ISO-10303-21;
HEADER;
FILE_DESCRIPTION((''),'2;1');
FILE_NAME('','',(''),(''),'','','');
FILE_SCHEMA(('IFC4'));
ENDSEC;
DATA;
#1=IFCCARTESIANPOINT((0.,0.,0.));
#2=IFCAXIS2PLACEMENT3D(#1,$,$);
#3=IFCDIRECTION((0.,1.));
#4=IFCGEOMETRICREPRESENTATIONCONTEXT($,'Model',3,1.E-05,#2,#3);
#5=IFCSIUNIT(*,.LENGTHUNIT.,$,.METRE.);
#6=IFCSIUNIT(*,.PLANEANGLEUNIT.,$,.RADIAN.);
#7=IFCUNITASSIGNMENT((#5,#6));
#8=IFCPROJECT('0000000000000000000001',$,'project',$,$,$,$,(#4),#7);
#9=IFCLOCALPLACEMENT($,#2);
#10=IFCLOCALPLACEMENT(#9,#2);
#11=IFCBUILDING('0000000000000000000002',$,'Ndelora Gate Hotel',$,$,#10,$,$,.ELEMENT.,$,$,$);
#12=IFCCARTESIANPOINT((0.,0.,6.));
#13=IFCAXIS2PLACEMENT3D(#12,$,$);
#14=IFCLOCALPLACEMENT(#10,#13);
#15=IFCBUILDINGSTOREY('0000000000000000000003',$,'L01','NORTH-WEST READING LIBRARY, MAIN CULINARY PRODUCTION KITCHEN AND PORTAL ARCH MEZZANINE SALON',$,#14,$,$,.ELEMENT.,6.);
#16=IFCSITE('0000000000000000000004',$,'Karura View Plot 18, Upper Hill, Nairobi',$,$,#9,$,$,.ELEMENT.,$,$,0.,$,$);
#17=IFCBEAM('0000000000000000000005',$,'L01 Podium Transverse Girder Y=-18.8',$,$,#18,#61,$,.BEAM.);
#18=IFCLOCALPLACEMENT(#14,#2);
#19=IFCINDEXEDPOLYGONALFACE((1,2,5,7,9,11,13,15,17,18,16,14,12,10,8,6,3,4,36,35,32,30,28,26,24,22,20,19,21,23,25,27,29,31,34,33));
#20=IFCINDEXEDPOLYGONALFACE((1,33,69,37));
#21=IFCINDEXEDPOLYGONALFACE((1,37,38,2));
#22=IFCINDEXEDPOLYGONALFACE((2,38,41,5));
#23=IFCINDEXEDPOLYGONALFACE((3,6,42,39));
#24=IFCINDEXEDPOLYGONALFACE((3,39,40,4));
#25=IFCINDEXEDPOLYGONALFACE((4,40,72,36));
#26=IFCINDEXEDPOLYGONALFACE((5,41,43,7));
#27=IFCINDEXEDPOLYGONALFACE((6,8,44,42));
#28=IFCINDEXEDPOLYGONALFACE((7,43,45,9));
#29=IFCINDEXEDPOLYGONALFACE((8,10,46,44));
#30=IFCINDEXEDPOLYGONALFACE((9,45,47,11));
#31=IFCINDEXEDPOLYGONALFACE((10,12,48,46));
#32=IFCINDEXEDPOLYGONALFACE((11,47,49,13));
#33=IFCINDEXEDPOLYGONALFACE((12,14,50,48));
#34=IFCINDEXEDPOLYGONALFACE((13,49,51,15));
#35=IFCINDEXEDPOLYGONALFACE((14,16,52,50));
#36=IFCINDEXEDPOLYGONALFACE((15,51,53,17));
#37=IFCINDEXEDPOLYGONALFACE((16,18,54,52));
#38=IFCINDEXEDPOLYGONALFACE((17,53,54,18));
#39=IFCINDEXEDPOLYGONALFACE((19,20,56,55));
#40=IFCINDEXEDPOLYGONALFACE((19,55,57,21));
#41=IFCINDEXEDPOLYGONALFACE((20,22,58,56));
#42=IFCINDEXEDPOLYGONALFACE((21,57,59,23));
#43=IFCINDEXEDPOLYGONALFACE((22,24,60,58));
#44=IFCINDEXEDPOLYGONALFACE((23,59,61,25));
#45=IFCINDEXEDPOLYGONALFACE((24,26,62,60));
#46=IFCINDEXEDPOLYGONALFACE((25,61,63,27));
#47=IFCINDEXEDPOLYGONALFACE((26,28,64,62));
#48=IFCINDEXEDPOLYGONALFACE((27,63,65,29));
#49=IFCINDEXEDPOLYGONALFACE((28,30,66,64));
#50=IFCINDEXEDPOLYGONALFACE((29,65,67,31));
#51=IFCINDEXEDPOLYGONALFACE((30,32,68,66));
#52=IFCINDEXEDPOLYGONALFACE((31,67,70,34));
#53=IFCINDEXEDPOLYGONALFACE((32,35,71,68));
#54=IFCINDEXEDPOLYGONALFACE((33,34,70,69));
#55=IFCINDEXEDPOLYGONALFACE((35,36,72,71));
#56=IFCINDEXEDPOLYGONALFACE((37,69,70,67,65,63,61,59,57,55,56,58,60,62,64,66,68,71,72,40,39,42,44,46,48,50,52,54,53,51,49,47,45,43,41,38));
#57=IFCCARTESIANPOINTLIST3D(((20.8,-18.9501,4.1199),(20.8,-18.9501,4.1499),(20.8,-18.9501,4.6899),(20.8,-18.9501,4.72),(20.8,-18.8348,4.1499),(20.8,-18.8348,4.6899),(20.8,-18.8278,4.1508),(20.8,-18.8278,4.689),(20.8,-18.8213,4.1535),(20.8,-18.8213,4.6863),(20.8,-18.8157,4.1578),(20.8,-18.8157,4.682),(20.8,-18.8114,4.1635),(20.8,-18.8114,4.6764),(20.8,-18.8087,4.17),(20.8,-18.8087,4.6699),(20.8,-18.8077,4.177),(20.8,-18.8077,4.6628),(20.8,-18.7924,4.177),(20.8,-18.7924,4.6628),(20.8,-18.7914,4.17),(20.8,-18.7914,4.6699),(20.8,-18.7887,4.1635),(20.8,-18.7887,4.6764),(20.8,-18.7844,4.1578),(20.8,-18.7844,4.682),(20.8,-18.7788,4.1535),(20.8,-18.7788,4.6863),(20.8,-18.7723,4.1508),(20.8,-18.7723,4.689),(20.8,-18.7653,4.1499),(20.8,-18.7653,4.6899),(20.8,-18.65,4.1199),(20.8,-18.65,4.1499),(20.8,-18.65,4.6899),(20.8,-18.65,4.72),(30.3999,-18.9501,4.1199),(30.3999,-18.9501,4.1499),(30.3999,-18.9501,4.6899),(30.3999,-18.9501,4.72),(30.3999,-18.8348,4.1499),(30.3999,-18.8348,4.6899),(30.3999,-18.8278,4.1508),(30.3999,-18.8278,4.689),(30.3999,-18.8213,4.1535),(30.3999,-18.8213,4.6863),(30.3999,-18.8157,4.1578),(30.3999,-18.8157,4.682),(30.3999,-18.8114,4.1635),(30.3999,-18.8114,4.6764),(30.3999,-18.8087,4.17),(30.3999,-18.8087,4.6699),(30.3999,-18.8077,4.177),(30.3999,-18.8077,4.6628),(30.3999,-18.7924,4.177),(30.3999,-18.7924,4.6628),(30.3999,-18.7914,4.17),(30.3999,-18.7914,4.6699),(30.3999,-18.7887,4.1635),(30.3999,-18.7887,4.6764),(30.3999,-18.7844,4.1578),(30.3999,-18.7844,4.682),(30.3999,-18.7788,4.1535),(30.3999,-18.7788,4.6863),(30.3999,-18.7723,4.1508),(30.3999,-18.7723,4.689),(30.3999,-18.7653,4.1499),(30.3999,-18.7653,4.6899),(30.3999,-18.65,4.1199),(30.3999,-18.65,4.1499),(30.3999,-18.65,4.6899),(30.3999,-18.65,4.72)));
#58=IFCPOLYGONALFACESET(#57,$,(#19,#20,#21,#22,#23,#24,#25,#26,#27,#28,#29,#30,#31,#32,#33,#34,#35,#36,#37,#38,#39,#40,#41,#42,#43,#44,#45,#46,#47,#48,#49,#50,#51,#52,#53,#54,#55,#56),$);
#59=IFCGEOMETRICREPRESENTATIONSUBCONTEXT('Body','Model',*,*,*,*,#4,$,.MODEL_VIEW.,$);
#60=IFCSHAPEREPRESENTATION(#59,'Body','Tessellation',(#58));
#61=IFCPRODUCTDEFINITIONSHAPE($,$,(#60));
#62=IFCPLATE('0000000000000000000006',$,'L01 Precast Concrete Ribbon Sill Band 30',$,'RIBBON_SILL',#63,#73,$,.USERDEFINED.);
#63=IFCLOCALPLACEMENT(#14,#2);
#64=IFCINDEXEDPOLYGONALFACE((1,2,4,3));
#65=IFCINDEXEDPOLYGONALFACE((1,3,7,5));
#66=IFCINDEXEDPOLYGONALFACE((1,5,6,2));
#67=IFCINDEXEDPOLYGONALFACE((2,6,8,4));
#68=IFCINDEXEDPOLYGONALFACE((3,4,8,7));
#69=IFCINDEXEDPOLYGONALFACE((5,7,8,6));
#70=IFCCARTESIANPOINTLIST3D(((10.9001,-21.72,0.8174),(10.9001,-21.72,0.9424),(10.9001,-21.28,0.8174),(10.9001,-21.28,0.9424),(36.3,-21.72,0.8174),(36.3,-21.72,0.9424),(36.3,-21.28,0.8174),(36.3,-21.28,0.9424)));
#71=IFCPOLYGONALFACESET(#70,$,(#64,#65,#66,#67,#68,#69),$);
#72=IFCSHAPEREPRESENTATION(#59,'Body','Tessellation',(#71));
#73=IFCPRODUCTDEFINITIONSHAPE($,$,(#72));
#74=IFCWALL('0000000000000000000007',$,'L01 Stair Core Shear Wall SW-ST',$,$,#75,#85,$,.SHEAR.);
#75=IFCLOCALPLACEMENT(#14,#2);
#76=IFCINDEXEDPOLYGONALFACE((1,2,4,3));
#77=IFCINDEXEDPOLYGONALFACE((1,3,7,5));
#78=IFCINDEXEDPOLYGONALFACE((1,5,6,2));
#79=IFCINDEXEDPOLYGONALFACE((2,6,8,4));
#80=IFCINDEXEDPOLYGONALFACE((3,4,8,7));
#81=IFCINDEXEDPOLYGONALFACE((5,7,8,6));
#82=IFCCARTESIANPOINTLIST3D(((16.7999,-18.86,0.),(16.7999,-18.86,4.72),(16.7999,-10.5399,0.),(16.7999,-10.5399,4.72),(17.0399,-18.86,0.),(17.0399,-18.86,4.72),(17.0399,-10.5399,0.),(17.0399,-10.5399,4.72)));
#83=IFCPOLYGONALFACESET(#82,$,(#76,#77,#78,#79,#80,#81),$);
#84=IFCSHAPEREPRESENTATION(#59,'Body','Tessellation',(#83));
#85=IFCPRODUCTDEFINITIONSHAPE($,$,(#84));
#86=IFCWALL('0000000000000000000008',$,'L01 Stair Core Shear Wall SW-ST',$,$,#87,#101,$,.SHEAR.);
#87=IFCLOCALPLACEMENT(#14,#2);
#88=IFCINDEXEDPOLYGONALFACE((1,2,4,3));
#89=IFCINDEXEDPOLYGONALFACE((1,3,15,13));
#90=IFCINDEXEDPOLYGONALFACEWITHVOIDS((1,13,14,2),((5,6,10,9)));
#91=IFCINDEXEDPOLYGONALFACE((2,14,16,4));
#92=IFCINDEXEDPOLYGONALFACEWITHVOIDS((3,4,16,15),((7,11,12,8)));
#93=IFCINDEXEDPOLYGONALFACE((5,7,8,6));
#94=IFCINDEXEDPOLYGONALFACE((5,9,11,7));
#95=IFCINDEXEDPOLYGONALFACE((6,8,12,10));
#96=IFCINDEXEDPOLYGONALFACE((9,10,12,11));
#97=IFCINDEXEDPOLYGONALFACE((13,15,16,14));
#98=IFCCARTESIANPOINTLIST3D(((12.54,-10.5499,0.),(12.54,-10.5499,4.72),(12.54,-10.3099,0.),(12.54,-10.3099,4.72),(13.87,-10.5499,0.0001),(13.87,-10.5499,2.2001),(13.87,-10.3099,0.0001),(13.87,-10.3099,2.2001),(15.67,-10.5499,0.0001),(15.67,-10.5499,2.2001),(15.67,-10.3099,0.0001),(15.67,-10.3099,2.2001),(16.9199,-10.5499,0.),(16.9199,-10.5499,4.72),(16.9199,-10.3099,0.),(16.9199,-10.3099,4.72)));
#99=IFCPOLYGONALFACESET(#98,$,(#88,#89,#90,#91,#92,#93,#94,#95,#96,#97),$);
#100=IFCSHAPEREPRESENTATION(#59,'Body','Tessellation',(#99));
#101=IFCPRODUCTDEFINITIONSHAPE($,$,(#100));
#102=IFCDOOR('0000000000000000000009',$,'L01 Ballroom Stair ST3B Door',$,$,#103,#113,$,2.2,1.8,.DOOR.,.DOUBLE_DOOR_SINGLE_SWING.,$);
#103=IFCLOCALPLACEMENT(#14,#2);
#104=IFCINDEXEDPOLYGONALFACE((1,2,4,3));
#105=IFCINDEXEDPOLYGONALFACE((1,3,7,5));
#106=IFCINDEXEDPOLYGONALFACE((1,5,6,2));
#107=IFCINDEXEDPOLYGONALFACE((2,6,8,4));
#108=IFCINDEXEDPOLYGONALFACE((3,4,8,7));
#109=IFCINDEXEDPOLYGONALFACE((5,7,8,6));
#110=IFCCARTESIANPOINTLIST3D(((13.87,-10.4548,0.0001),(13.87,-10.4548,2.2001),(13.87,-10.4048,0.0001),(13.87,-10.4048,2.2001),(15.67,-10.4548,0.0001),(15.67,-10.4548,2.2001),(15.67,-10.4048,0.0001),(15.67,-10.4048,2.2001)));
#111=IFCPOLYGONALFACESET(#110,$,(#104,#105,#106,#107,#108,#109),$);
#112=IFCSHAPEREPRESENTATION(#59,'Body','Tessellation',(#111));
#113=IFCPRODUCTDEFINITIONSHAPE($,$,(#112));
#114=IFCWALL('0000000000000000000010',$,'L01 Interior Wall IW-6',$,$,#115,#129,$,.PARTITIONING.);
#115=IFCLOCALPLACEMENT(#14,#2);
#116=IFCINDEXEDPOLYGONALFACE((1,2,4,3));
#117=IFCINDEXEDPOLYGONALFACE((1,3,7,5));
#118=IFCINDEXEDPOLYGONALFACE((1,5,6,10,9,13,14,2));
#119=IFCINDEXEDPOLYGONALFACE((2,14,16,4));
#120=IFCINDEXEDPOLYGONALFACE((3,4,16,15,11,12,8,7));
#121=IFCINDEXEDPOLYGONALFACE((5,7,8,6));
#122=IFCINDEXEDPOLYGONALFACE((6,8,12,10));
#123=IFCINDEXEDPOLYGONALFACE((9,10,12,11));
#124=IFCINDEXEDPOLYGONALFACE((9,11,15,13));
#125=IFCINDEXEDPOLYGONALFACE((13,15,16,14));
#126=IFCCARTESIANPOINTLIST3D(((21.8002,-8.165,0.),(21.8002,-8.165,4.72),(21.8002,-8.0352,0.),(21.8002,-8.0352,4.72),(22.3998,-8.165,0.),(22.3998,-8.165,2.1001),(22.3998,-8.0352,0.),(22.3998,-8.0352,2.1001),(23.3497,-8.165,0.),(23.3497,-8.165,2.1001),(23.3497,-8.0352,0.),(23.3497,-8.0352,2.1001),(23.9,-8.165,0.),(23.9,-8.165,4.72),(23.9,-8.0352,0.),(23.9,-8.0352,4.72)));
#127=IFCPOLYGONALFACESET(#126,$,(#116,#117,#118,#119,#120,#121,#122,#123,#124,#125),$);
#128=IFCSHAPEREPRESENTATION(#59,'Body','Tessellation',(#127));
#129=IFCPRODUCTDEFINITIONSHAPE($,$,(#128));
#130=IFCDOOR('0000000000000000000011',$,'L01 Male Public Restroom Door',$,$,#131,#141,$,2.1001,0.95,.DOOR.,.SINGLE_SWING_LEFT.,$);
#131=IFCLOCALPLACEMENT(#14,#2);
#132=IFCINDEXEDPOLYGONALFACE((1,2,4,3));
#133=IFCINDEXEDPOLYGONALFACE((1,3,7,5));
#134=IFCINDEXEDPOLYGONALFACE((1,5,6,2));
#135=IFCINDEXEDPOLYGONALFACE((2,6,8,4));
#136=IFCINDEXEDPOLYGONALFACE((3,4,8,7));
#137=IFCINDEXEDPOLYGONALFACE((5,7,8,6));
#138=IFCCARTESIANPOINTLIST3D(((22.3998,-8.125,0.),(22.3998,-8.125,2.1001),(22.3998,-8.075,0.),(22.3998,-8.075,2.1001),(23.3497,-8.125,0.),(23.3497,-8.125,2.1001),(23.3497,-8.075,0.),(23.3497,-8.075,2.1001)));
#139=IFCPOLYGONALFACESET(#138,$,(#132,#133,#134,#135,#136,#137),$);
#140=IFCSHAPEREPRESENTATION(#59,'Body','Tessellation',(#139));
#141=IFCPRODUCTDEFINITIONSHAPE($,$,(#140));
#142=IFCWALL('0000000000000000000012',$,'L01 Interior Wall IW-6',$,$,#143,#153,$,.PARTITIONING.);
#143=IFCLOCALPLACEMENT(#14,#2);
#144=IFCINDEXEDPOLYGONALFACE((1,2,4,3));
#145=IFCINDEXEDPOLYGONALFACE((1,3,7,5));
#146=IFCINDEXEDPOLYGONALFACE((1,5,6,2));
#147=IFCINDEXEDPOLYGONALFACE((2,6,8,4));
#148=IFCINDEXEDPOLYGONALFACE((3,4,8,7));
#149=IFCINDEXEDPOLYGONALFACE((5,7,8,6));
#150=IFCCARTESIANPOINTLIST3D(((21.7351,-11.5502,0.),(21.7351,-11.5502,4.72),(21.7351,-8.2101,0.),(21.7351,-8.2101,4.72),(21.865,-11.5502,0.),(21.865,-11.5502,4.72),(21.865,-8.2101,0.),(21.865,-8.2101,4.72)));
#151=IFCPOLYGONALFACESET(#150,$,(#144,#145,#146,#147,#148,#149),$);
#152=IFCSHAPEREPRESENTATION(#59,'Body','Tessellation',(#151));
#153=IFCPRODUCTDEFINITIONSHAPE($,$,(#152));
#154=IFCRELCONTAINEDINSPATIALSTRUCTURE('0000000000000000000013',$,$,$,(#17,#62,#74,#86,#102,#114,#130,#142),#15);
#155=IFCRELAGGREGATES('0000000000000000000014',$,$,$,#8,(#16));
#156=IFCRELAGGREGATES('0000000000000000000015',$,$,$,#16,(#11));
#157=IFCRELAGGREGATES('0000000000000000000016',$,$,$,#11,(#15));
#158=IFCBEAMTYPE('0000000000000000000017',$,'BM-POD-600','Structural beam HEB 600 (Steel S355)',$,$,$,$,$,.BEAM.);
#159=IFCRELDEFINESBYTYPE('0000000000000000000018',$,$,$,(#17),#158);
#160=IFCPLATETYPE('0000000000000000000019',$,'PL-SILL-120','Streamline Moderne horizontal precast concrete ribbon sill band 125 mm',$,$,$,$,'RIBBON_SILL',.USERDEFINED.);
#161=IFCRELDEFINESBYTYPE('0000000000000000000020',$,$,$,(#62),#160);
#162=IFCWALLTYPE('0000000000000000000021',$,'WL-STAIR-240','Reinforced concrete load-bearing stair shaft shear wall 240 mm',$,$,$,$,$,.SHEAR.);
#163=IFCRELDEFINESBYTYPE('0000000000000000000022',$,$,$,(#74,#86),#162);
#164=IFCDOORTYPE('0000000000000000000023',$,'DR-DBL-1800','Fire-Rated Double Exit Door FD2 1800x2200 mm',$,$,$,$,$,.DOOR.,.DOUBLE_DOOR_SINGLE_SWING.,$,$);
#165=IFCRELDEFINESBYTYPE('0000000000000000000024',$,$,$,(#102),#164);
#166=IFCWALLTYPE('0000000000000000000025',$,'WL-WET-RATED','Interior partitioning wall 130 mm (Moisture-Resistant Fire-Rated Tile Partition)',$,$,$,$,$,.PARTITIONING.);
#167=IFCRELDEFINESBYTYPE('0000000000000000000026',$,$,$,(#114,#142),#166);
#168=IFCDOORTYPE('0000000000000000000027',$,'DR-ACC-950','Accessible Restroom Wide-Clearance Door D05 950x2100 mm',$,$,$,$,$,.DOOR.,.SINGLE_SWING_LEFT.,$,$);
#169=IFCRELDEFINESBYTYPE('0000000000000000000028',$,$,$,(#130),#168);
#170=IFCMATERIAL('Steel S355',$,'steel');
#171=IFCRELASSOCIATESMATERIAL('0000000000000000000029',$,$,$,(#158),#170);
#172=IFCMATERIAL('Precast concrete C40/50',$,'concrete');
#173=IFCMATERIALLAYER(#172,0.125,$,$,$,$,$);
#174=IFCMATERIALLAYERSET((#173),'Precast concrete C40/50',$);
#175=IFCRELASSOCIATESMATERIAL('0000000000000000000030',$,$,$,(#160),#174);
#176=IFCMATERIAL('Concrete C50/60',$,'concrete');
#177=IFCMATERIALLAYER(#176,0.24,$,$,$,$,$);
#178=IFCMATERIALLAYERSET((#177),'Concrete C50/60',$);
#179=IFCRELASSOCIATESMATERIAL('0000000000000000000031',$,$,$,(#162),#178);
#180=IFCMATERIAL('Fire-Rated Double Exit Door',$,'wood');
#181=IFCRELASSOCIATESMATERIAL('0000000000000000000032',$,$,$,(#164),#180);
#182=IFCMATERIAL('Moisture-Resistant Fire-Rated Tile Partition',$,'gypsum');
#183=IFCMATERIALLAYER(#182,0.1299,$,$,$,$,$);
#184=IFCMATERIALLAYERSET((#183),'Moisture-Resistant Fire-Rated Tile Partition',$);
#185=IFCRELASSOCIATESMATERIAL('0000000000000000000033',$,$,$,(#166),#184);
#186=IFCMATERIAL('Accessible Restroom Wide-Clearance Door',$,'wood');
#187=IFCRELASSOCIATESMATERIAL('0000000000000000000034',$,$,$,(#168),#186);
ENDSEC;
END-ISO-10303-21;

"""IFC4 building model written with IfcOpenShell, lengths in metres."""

from ifc_helpers import new_model, si_unit, direction, frame, frame_2d, origin, origin_2d, place, context, subcontext, project, spatial, rectangle, i_section, extrude, material, layer, layer_set, material_profile, profile_set, type_object, element, fill, save


model = new_model("IFC4")

# Units and contexts
model_context = context("Model", 3, precision=1e-05, world=origin(), true_north=direction((0.0, 1.0)))
body_context = subcontext(model_context, "Body", "Model", "MODEL_VIEW")
ifc_project = project(units=[si_unit("LENGTHUNIT", "METRE"), si_unit("PLANEANGLEUNIT", "RADIAN")], contexts=[model_context])

# Site, building, storey
site_placement = place(None, origin())
site = spatial("IfcSite", under=ifc_project, at=site_placement, Name="Karura View Plot 18, Upper Hill, Nairobi", CompositionType="ELEMENT", RefElevation=0.0)
building_placement = place(site_placement, origin())
building = spatial("IfcBuilding", under=site, at=building_placement, Name="Ndelora Gate Hotel", CompositionType="ELEMENT")
storey_placement = place(building_placement, frame((0.0, 0.0, 6.0)))
storey = spatial("IfcBuildingStorey", under=building, at=storey_placement, Name="L01", Description="NORTH-WEST READING LIBRARY, MAIN CULINARY PRODUCTION KITCHEN AND PORTAL ARCH MEZZANINE SALON", CompositionType="ELEMENT", Elevation=6.0)

# Shared definitions
ifc_material_1 = material(Name="Concrete C50/60", Category="concrete")

# Beam
ifc_material_2 = material(Name="Steel S355", Category="steel")
ifc_material_profile_1 = material_profile(ifc_material_2, i_section(OverallWidth=0.3, OverallDepth=0.6001, WebThickness=0.0154, FlangeThickness=0.03, FilletRadius=0.0271, at=origin_2d()), Name="HEB 600")
ifc_profile_set_1 = profile_set([ifc_material_profile_1], Name="Steel S355")
beam_type_1 = type_object("IfcBeamType", Name="BM-POD-600", Description="Structural beam HEB 600 (Steel S355)", PredefinedType="BEAM", material=ifc_profile_set_1)
beam_1_placement = place(storey_placement, frame((20.8, -18.8, 4.4199), z_axis=(1.0, 0.0, 0.0), x_axis=(0.0, 1.0, 0.0)))
element("IfcBeam", 1, at=beam_1_placement, inside=storey, type_object=beam_type_1, Name="L01 Podium Transverse Girder Y=-18.8", PredefinedType="BEAM", context=body_context, shape_type="SweptSolid", body=[
    extrude(i_section(OverallWidth=0.3, OverallDepth=0.6001, WebThickness=0.0154, FlangeThickness=0.03, FilletRadius=0.0271, at=origin_2d()), origin(), (0.0, 0.0, 1.0), 9.5999),
])

# Plate
ifc_material_3 = material(Name="Precast concrete C40/50", Category="concrete")
ifc_layer_1 = layer(ifc_material_3, 0.125)
ifc_layer_set_1 = layer_set([ifc_layer_1], Name="Precast concrete C40/50")
plate_type = type_object("IfcPlateType", Name="PL-SILL-120", Description="Streamline Moderne horizontal precast concrete ribbon sill band 125 mm", ElementType="RIBBON_SILL", PredefinedType="USERDEFINED", material=ifc_layer_set_1)
plate_placement = place(storey_placement, frame((23.6001, -21.5, 0.8174), z_axis=(0.0, 0.0, 1.0), x_axis=(1.0, 0.0, 0.0)))
element("IfcPlate", 2, at=plate_placement, inside=storey, type_object=plate_type, Name="L01 Precast Concrete Ribbon Sill Band 30", ObjectType="RIBBON_SILL", PredefinedType="USERDEFINED", context=body_context, shape_type="SweptSolid", body=[
    extrude(rectangle(XDim=25.3999, YDim=0.4399, at=origin_2d()), origin(), (0.0, 0.0, 1.0), 0.125),
])

# Wall
ifc_layer_2 = layer(ifc_material_1, 0.24)
ifc_layer_set_2 = layer_set([ifc_layer_2], Name="Concrete C50/60")
wall_type_1 = type_object("IfcWallType", Name="WL-STAIR-240", Description="Reinforced concrete load-bearing stair shaft shear wall 240 mm", PredefinedType="SHEAR", material=ifc_layer_set_2)
wall_1_placement = place(storey_placement, frame((16.9199, -18.8601, 0.0), z_axis=(0.0, 0.0, 1.0), x_axis=(0.0, 1.0, 0.0)))
element("IfcWall", 3, at=wall_1_placement, inside=storey, type_object=wall_type_1, Name="L01 Stair Core Shear Wall SW-ST", PredefinedType="SHEAR", context=body_context, shape_type="SweptSolid", body=[
    extrude(rectangle(XDim=8.3201, YDim=0.24, at=frame_2d((4.1602, 0.0))), origin(), (0.0, 0.0, 1.0), 4.72),
])

# Walls, openings, doors
wall_2_placement = place(storey_placement, frame((16.9199, -10.4299, 0.0), z_axis=(0.0, 0.0, 1.0), x_axis=(-1.0, 0.0, 0.0)))
wall_2 = element("IfcWall", 4, at=wall_2_placement, inside=storey, type_object=wall_type_1, Name="L01 Stair Core Shear Wall SW-ST", PredefinedType="SHEAR", context=body_context, shape_type="SweptSolid", body=[
    extrude(rectangle(XDim=4.3799, YDim=0.24, at=frame_2d((2.1899, 0.0))), origin(), (0.0, 0.0, 1.0), 4.72),
])
opening_1_placement = place(wall_2_placement, frame((1.25, 0.0, 0.0)))
opening_1 = element("IfcOpeningElement", 5, at=opening_1_placement, cuts=wall_2, PredefinedType="OPENING", context=body_context, shape_type="SweptSolid", body=[
    extrude(rectangle(XDim=1.8, YDim=2.2, at=frame_2d((0.8999, 1.1001))), frame((0.0, 0.1299, 0.0), z_axis=(0.0, -1.0, 0.0), x_axis=(1.0, 0.0, 0.0)), (0.0, 0.0, 1.0), 0.26),
])
ifc_material_4 = material(Name="Fire-Rated Double Exit Door", Category="wood")
door_type_1 = type_object("IfcDoorType", Name="DR-DBL-1800", Description="Fire-Rated Double Exit Door FD2 1800x2200 mm", OperationType="DOUBLE_DOOR_SINGLE_SWING", PredefinedType="DOOR", material=ifc_material_4)
door_1_placement = place(opening_1_placement, origin())
door_1 = element("IfcDoor", 6, at=door_1_placement, inside=storey, type_object=door_type_1, Name="L01 Ballroom Stair ST3B Door", OperationType="DOUBLE_DOOR_SINGLE_SWING", OverallHeight=2.2, OverallWidth=1.8, PredefinedType="DOOR", context=body_context, shape_type="SweptSolid", body=[
    extrude(rectangle(XDim=1.8, YDim=2.2, at=frame_2d((0.8999, 1.1001))), frame((0.0, 0.0249, 0.0), z_axis=(0.0, -1.0, 0.0), x_axis=(1.0, 0.0, 0.0)), (0.0, 0.0, 1.0), 0.05),
])
fill(opening_1, door_1)
ifc_material_5 = material(Name="Moisture-Resistant Fire-Rated Tile Partition", Category="gypsum")
ifc_layer_3 = layer(ifc_material_5, 0.1299)
ifc_layer_set_3 = layer_set([ifc_layer_3], Name="Moisture-Resistant Fire-Rated Tile Partition")
wall_type_2 = type_object("IfcWallType", Name="WL-WET-RATED", Description="Interior partitioning wall 130 mm (Moisture-Resistant Fire-Rated Tile Partition)", PredefinedType="PARTITIONING", material=ifc_layer_set_3)
wall_3_placement = place(storey_placement, frame((23.8999, -8.1001, 0.0), z_axis=(0.0, 0.0, 1.0), x_axis=(-1.0, 0.0, 0.0)))
wall_3 = element("IfcWall", 7, at=wall_3_placement, inside=storey, type_object=wall_type_2, Name="L01 Interior Wall IW-6", PredefinedType="PARTITIONING", context=body_context, shape_type="SweptSolid", body=[
    extrude(rectangle(XDim=2.0999, YDim=0.1299, at=frame_2d((1.0498, 0.0))), origin(), (0.0, 0.0, 1.0), 4.72),
])
opening_2_placement = place(wall_3_placement, frame((0.55, 0.0, 0.0)))
opening_2 = element("IfcOpeningElement", 8, at=opening_2_placement, cuts=wall_3, PredefinedType="OPENING", context=body_context, shape_type="SweptSolid", body=[
    extrude(rectangle(XDim=0.95, YDim=2.1001, at=frame_2d((0.4751, 1.05))), frame((0.0, 0.075, 0.0), z_axis=(0.0, -1.0, 0.0), x_axis=(1.0, 0.0, 0.0)), (0.0, 0.0, 1.0), 0.1499),
])
ifc_material_6 = material(Name="Accessible Restroom Wide-Clearance Door", Category="wood")
door_type_2 = type_object("IfcDoorType", Name="DR-ACC-950", Description="Accessible Restroom Wide-Clearance Door D05 950x2100 mm", OperationType="SINGLE_SWING_LEFT", PredefinedType="DOOR", material=ifc_material_6)
door_2_placement = place(opening_2_placement, origin())
door_2 = element("IfcDoor", 9, at=door_2_placement, inside=storey, type_object=door_type_2, Name="L01 Male Public Restroom Door", OperationType="SINGLE_SWING_LEFT", OverallHeight=2.1001, OverallWidth=0.95, PredefinedType="DOOR", context=body_context, shape_type="SweptSolid", body=[
    extrude(rectangle(XDim=0.95, YDim=2.1001, at=frame_2d((0.4751, 1.05))), frame((0.0, 0.0249, 0.0), z_axis=(0.0, -1.0, 0.0), x_axis=(1.0, 0.0, 0.0)), (0.0, 0.0, 1.0), 0.05),
])
fill(opening_2, door_2)

# Wall
wall_4_placement = place(storey_placement, frame((21.8, -11.55, 0.0), z_axis=(0.0, 0.0, 1.0), x_axis=(0.0, 1.0, 0.0)))
element("IfcWall", 10, at=wall_4_placement, inside=storey, type_object=wall_type_2, Name="L01 Interior Wall IW-6", PredefinedType="PARTITIONING", context=body_context, shape_type="SweptSolid", body=[
    extrude(rectangle(XDim=3.3401, YDim=0.1299, at=frame_2d((1.6699, 0.0))), origin(), (0.0, 0.0, 1.0), 4.72),
])

save(model, "model.ifc")
